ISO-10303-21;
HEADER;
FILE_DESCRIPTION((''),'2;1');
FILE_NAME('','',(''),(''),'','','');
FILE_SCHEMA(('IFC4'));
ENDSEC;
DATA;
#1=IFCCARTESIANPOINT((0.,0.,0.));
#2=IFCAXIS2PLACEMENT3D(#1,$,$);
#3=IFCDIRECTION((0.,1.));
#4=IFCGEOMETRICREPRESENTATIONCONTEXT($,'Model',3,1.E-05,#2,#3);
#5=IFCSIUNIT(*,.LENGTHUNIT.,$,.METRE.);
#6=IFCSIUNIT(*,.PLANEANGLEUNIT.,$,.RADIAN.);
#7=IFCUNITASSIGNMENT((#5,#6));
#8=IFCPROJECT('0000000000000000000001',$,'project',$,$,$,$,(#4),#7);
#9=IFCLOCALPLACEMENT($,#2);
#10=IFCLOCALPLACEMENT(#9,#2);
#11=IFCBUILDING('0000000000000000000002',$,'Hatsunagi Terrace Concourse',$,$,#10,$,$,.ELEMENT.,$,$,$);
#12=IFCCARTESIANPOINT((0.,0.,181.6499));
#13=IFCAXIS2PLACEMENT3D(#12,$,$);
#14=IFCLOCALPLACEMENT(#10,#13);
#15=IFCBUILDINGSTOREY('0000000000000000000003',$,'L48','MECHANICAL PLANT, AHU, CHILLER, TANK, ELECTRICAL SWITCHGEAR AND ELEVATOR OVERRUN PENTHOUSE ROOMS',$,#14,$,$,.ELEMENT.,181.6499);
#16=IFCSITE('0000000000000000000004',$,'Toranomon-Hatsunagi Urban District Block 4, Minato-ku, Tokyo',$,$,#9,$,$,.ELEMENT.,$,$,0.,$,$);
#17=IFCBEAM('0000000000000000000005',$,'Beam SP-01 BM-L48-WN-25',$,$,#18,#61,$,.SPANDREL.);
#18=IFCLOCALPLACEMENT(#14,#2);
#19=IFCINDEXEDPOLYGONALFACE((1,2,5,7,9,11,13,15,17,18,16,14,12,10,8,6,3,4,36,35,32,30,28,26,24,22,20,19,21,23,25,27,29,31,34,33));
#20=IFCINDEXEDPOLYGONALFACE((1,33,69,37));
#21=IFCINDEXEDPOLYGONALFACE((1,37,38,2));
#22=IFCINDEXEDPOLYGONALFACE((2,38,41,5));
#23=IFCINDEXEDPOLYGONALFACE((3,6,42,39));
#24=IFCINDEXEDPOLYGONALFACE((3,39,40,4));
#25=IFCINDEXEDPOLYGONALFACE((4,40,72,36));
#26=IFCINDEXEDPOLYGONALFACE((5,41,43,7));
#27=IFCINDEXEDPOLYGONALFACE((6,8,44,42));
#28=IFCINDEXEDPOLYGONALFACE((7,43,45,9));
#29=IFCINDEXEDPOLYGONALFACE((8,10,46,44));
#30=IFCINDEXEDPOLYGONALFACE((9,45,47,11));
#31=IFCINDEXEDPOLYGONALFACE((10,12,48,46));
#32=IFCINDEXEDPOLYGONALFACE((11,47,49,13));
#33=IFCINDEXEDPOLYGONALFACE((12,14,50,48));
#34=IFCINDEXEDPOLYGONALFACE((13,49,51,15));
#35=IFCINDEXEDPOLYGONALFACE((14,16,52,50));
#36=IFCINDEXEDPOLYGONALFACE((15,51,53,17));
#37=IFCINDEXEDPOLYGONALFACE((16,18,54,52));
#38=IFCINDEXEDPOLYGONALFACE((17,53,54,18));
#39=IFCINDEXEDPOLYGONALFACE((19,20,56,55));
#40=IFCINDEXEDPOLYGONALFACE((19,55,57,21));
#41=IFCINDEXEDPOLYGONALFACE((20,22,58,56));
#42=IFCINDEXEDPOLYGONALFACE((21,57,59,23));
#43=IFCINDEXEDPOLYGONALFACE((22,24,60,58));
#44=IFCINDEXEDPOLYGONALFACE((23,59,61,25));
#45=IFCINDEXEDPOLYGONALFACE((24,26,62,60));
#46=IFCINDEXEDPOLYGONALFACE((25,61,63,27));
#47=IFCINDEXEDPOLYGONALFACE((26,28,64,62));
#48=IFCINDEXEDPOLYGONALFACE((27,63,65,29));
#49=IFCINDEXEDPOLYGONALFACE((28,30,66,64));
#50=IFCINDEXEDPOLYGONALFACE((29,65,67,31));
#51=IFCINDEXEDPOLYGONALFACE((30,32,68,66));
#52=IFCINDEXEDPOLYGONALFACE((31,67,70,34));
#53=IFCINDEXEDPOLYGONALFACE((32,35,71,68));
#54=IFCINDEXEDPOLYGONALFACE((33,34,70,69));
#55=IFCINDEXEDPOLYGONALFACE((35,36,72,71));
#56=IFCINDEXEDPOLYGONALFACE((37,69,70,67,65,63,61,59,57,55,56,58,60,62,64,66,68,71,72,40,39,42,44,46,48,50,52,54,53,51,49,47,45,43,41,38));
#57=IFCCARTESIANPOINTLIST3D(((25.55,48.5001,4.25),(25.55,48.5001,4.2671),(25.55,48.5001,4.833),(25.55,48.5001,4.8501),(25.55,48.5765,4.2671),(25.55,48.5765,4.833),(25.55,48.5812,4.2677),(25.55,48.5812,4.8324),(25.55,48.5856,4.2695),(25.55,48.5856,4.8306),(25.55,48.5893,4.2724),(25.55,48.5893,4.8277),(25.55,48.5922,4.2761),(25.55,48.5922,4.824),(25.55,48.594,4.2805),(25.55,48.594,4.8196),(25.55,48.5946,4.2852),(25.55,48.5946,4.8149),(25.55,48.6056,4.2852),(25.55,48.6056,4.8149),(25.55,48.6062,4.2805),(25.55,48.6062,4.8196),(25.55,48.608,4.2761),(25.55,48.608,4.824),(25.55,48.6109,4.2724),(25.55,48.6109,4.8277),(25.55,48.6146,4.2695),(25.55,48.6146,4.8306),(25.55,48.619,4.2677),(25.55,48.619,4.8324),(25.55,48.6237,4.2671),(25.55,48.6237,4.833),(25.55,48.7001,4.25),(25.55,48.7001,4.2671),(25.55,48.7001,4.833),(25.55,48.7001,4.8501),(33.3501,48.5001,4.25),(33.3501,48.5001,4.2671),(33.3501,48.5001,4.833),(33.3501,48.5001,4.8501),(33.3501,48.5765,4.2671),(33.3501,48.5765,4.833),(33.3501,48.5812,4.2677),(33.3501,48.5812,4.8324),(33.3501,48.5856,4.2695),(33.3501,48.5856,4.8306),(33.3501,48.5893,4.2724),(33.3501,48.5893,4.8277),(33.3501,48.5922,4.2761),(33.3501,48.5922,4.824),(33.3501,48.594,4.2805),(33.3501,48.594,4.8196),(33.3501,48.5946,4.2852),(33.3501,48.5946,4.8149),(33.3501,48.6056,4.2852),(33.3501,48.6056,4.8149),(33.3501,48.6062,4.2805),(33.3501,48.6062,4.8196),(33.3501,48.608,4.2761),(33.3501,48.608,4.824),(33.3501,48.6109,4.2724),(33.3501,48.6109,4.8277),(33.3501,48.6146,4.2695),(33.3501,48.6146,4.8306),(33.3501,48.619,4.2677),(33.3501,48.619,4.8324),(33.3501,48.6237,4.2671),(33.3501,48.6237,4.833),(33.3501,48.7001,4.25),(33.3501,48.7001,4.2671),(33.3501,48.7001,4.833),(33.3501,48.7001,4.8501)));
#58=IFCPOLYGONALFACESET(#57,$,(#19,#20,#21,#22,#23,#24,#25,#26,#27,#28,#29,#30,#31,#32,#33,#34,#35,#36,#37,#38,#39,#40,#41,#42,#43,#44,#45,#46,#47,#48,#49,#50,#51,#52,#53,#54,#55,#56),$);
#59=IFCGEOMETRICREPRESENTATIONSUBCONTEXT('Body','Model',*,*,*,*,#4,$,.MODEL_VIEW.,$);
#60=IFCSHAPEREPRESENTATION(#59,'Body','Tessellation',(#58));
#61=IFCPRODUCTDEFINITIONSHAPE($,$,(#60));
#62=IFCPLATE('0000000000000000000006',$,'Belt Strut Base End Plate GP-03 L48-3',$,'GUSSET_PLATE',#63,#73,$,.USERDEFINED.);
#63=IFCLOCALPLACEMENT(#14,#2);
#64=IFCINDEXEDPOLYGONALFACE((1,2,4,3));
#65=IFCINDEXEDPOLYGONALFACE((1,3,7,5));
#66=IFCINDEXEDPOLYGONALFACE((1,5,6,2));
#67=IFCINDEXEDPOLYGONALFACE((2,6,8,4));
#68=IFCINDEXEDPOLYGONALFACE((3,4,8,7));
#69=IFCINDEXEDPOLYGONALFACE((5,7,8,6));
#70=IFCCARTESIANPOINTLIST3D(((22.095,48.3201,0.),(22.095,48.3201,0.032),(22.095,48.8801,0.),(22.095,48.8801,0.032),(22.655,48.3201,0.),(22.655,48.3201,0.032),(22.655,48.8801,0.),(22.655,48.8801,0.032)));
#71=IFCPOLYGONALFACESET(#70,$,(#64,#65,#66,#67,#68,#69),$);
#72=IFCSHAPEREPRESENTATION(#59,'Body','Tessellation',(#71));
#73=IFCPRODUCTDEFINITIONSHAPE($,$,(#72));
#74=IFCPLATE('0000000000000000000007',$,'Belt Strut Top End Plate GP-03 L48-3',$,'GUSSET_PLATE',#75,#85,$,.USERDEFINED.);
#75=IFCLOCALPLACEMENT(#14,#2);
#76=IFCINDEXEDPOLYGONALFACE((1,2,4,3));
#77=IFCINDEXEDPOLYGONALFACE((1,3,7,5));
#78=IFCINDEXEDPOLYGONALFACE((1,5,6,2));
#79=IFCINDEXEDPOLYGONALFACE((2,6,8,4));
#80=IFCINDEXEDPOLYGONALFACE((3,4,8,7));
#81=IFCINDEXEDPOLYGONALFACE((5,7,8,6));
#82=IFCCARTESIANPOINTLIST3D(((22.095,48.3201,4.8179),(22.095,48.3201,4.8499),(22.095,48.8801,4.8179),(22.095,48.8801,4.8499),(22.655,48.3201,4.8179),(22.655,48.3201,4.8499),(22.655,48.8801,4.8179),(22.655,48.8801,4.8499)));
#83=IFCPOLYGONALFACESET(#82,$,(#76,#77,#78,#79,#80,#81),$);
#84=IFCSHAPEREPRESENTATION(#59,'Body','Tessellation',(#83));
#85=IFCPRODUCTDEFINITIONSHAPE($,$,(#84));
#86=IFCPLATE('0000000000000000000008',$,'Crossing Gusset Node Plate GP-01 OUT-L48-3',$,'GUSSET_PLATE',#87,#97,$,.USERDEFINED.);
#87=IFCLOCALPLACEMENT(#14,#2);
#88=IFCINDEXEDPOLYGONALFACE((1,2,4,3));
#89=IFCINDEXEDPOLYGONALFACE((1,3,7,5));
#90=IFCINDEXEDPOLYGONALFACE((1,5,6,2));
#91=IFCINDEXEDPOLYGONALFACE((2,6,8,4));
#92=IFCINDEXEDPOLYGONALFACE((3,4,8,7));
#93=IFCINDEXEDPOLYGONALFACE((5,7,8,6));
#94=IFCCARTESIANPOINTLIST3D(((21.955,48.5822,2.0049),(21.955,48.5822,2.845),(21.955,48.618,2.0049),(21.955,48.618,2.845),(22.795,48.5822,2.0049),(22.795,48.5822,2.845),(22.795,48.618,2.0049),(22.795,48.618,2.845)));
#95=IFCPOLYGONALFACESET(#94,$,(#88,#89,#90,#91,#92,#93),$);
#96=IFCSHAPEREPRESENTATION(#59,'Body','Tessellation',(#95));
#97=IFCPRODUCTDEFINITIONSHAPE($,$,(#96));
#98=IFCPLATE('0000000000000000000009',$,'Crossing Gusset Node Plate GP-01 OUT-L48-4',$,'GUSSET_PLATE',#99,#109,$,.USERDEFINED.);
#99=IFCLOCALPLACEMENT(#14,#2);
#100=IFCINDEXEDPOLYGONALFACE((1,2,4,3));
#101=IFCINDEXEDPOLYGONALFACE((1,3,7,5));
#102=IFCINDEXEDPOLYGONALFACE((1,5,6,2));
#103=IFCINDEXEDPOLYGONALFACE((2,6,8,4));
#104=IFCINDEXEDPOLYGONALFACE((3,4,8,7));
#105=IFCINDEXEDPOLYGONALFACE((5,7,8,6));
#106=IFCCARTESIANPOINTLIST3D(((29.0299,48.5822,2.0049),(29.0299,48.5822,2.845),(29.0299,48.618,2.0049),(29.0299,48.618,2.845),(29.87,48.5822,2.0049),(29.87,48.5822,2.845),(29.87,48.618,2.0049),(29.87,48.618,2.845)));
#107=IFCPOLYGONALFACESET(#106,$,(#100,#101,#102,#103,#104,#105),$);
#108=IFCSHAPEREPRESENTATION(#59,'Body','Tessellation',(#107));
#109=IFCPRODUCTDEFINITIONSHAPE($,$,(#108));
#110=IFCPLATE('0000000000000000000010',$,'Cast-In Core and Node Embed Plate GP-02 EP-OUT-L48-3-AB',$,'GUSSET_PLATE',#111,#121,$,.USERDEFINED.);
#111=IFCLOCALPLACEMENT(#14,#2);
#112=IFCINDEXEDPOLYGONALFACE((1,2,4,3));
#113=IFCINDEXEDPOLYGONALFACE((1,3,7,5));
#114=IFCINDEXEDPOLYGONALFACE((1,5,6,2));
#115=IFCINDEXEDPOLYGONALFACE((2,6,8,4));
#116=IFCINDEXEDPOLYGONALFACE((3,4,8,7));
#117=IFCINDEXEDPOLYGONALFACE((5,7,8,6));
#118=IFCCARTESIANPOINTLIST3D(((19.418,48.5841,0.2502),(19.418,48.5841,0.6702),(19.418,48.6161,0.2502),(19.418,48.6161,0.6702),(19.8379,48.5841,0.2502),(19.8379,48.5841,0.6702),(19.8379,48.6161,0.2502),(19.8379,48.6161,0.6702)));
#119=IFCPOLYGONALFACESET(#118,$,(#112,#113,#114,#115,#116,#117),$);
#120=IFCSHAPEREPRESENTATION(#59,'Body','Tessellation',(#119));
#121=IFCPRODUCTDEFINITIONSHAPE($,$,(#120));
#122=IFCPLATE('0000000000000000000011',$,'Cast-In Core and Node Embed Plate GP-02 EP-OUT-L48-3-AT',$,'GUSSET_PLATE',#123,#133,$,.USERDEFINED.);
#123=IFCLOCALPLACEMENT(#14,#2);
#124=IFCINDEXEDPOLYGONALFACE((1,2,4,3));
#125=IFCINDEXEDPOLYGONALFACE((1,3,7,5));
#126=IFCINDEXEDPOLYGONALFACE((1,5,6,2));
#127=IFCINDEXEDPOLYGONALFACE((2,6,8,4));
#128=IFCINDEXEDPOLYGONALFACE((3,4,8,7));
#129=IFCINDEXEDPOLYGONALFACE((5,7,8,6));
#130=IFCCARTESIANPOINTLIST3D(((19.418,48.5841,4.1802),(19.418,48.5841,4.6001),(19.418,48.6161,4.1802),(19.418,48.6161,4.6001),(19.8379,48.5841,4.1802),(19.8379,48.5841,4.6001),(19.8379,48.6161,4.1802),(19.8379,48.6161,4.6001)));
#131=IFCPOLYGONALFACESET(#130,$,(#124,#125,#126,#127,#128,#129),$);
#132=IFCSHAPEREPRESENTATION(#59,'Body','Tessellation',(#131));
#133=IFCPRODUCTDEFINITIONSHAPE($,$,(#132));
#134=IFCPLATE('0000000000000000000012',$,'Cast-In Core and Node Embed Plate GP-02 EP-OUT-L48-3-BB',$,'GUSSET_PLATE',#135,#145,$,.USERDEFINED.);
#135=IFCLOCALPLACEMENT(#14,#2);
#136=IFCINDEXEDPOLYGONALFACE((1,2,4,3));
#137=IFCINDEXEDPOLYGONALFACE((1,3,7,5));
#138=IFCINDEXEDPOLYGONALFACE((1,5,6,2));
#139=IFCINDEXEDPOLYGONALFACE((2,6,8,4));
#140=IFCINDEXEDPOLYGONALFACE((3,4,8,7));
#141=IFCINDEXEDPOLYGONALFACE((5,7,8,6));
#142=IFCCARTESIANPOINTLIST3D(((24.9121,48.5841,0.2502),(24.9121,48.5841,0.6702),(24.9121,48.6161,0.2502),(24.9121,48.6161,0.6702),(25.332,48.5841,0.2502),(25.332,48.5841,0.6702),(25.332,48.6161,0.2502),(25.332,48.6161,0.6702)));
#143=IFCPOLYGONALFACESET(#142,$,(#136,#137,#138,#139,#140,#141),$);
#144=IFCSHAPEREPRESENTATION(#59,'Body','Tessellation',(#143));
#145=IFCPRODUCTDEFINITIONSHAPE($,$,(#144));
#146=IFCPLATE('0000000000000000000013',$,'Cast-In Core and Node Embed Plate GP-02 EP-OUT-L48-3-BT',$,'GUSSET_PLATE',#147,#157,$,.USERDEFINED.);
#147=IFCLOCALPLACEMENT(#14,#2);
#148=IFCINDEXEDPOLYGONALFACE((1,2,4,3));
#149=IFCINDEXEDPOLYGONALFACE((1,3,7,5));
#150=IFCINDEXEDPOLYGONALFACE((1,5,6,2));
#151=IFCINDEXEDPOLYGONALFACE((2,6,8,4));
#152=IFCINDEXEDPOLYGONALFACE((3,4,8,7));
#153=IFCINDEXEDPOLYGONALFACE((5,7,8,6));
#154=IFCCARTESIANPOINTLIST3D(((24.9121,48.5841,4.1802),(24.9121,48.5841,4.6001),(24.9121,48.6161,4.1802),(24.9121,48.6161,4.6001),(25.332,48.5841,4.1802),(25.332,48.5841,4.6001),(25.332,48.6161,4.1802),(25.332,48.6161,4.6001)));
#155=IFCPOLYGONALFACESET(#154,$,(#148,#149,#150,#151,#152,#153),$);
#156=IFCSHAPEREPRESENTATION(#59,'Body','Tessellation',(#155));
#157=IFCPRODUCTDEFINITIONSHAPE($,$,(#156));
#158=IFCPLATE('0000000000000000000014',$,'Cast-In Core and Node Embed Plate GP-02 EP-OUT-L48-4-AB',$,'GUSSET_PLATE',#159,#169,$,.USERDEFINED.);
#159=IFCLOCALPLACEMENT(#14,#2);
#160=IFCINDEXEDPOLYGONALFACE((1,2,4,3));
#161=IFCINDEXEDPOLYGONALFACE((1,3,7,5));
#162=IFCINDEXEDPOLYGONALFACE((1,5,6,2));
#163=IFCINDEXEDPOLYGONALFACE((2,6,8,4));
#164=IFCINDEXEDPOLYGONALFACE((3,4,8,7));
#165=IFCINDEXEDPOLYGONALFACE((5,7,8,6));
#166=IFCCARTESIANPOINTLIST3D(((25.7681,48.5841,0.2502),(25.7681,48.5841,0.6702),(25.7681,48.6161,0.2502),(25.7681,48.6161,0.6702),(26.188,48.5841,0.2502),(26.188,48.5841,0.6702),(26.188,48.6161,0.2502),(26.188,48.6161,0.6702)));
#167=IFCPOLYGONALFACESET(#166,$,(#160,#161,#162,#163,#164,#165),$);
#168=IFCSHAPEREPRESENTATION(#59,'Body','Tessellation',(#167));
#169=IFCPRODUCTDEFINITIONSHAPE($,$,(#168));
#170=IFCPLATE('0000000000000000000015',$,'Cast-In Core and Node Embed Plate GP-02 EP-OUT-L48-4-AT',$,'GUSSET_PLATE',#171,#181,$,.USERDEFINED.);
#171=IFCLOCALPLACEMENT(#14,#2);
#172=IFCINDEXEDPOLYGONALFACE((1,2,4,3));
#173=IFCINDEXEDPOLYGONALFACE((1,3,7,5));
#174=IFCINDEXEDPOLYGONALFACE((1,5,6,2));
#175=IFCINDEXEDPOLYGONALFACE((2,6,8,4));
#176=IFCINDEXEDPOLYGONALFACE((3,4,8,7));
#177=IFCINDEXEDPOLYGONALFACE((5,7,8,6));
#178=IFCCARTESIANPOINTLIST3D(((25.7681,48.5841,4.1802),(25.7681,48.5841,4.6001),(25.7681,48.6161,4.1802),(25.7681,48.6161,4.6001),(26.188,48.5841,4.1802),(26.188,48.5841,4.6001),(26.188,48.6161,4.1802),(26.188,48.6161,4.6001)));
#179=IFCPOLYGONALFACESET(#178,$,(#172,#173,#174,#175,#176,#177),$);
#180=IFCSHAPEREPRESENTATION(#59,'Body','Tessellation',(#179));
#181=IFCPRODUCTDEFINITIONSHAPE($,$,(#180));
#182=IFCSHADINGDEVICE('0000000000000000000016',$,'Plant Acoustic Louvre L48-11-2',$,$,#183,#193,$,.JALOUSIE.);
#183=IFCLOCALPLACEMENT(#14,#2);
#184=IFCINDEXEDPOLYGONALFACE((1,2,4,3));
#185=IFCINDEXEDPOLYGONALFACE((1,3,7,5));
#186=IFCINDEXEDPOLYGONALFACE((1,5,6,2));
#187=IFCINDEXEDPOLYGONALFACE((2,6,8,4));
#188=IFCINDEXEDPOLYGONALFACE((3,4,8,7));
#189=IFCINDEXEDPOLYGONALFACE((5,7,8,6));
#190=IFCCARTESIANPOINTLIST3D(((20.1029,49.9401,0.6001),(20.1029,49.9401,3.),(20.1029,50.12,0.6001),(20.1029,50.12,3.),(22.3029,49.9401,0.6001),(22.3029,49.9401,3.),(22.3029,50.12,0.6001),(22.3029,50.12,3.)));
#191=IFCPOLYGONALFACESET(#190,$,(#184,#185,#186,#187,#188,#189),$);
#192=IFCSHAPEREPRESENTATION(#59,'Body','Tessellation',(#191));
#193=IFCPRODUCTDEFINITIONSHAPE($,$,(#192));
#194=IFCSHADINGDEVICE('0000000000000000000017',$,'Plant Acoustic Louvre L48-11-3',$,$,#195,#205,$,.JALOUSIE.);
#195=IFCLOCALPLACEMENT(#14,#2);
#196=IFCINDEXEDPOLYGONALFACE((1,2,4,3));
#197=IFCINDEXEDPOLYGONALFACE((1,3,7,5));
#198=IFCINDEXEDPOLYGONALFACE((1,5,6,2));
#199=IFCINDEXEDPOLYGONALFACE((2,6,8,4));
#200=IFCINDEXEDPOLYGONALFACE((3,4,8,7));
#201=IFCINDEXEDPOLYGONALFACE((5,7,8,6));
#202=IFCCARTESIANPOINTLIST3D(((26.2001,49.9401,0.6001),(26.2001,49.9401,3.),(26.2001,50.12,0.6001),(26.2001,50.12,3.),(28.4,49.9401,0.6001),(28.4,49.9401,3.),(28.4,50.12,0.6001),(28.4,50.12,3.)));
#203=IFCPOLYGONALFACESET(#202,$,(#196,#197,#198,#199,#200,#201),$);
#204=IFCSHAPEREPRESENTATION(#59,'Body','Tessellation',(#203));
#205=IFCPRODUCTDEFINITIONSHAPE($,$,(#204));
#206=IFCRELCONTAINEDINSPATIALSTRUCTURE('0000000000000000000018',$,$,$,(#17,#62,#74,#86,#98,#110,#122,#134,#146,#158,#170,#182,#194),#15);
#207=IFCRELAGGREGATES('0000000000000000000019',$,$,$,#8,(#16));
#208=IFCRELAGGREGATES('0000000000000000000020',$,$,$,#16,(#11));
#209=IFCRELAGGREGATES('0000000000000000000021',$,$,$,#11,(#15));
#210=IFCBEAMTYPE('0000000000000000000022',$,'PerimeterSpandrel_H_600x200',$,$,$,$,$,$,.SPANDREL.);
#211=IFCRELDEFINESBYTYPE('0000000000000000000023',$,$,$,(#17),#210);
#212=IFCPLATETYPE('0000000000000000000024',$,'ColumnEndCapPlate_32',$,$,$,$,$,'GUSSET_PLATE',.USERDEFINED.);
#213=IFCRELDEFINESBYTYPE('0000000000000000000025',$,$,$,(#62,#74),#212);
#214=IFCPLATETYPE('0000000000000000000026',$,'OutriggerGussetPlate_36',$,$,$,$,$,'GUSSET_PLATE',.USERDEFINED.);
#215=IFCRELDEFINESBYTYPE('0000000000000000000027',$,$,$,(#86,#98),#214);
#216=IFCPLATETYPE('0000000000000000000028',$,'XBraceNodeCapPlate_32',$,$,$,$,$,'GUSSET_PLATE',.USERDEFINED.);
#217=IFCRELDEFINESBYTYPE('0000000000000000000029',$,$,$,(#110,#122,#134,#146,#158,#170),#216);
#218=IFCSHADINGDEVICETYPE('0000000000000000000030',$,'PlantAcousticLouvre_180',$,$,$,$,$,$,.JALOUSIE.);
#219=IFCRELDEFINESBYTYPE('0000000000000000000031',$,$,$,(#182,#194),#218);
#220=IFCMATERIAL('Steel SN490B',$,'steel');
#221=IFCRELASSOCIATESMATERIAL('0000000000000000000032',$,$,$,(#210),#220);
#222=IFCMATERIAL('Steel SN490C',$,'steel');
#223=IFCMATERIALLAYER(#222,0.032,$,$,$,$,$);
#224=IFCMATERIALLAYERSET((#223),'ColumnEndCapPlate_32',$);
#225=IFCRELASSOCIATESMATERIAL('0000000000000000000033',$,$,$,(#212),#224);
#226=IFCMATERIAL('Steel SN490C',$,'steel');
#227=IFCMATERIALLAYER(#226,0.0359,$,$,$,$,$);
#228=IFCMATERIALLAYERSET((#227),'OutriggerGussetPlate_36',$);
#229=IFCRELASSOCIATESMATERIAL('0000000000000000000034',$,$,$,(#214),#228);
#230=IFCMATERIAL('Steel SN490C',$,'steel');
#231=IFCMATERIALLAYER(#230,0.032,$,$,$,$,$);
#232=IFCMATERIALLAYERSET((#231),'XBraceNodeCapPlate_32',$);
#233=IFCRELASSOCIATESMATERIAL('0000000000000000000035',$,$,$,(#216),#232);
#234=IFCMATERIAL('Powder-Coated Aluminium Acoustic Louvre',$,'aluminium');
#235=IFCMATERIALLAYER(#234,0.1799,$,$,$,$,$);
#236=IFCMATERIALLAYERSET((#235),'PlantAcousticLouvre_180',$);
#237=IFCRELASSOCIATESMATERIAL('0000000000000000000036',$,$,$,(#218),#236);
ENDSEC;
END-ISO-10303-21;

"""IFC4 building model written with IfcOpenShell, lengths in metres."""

from ifc_helpers import new_model, si_unit, direction, frame, origin, origin_2d, place, context, subcontext, project, spatial, rectangle, i_section, extrude, material, layer, layer_set, material_profile, profile_set, type_object, element, save


model = new_model("IFC4")

# Units and contexts
model_context = context("Model", 3, precision=1e-05, world=origin(), true_north=direction((0.0, 1.0)))
body_context = subcontext(model_context, "Body", "Model", "MODEL_VIEW")
ifc_project = project(units=[si_unit("LENGTHUNIT", "METRE"), si_unit("PLANEANGLEUNIT", "RADIAN")], contexts=[model_context])

# Site, building, storey
site_placement = place(None, origin())
site = spatial("IfcSite", under=ifc_project, at=site_placement, Name="Toranomon-Hatsunagi Urban District Block 4, Minato-ku, Tokyo", CompositionType="ELEMENT", RefElevation=0.0)
building_placement = place(site_placement, origin())
building = spatial("IfcBuilding", under=site, at=building_placement, Name="Hatsunagi Terrace Concourse", CompositionType="ELEMENT")
storey_placement = place(building_placement, frame((0.0, 0.0, 181.6499)))
storey = spatial("IfcBuildingStorey", under=building, at=storey_placement, Name="L48", Description="MECHANICAL PLANT, AHU, CHILLER, TANK, ELECTRICAL SWITCHGEAR AND ELEVATOR OVERRUN PENTHOUSE ROOMS", CompositionType="ELEMENT", Elevation=181.6499)

# Beam
ifc_material_1 = material(Name="Steel SN490B", Category="steel")
ifc_material_profile_1 = material_profile(ifc_material_1, i_section(OverallWidth=0.2, OverallDepth=0.6001, WebThickness=0.011, FlangeThickness=0.0171, FilletRadius=0.0181, at=origin_2d()), Name="H-600x200x11x17")
ifc_profile_set_1 = profile_set([ifc_material_profile_1], Name="Steel SN490B")
beam_type = type_object("IfcBeamType", Name="PerimeterSpandrel_H_600x200", PredefinedType="SPANDREL", material=ifc_profile_set_1)
beam_placement = place(storey_placement, frame((25.55, 48.6001, 4.55), z_axis=(1.0, 0.0, 0.0), x_axis=(0.0, 1.0, 0.0)))
element("IfcBeam", 1, at=beam_placement, inside=storey, type_object=beam_type, Name="Beam SP-01 BM-L48-WN-25", PredefinedType="SPANDREL", context=body_context, shape_type="SweptSolid", body=[
    extrude(i_section(OverallWidth=0.2, OverallDepth=0.6001, WebThickness=0.011, FlangeThickness=0.0171, FilletRadius=0.0181, at=origin_2d()), origin(), (0.0, 0.0, 1.0), 7.8),
])

# Plates
ifc_material_2 = material(Name="Steel SN490C", Category="steel")
ifc_layer_1 = layer(ifc_material_2, 0.032)
ifc_layer_set_1 = layer_set([ifc_layer_1], Name="ColumnEndCapPlate_32")
plate_type_1 = type_object("IfcPlateType", Name="ColumnEndCapPlate_32", ElementType="GUSSET_PLATE", PredefinedType="USERDEFINED", material=ifc_layer_set_1)
for number, where, z_axis, x_axis, name in (
    (2, (22.375, 48.6001, 0.0), (0.0, 0.0, 1.0), (1.0, 0.0, 0.0), "Belt Strut Base End Plate GP-03 L48-3"),
    (3, (22.375, 48.6001, 4.8179), (0.0, 0.0, 1.0), (1.0, 0.0, 0.0), "Belt Strut Top End Plate GP-03 L48-3"),
):
    element("IfcPlate", number, at=place(storey_placement, frame(where, z_axis=z_axis, x_axis=x_axis)), inside=storey, type_object=plate_type_1, Name=name, ObjectType="GUSSET_PLATE", PredefinedType="USERDEFINED", context=body_context, shape_type="SweptSolid", body=[
        extrude(rectangle(XDim=0.5601, YDim=0.5601, at=origin_2d()), origin(), (0.0, 0.0, 1.0), 0.032),
    ])
ifc_material_3 = material(Name="Steel SN490C", Category="steel")
ifc_layer_2 = layer(ifc_material_3, 0.0359)
ifc_layer_set_2 = layer_set([ifc_layer_2], Name="OutriggerGussetPlate_36")
plate_type_2 = type_object("IfcPlateType", Name="OutriggerGussetPlate_36", ElementType="GUSSET_PLATE", PredefinedType="USERDEFINED", material=ifc_layer_set_2)
for number, where, z_axis, x_axis, name in (
    (4, (22.375, 48.6001, 2.0049), (0.0, 0.0, 1.0), (1.0, 0.0, 0.0), "Crossing Gusset Node Plate GP-01 OUT-L48-3"),
    (5, (29.45, 48.6001, 2.0049), (0.0, 0.0, 1.0), (1.0, 0.0, 0.0), "Crossing Gusset Node Plate GP-01 OUT-L48-4"),
):
    element("IfcPlate", number, at=place(storey_placement, frame(where, z_axis=z_axis, x_axis=x_axis)), inside=storey, type_object=plate_type_2, Name=name, ObjectType="GUSSET_PLATE", PredefinedType="USERDEFINED", context=body_context, shape_type="SweptSolid", body=[
        extrude(rectangle(XDim=0.8401, YDim=0.0359, at=origin_2d()), origin(), (0.0, 0.0, 1.0), 0.8401),
    ])
ifc_material_4 = material(Name="Steel SN490C", Category="steel")
ifc_layer_3 = layer(ifc_material_4, 0.032)
ifc_layer_set_3 = layer_set([ifc_layer_3], Name="XBraceNodeCapPlate_32")
plate_type_3 = type_object("IfcPlateType", Name="XBraceNodeCapPlate_32", ElementType="GUSSET_PLATE", PredefinedType="USERDEFINED", material=ifc_layer_set_3)
for number, where, z_axis, x_axis, name in (
    (6, (19.6279, 48.6001, 0.2502), (0.0, 0.0, 1.0), (1.0, 0.0, 0.0), "Cast-In Core and Node Embed Plate GP-02 EP-OUT-L48-3-AB"),
    (7, (19.6279, 48.6001, 4.1802), (0.0, 0.0, 1.0), (1.0, 0.0, 0.0), "Cast-In Core and Node Embed Plate GP-02 EP-OUT-L48-3-AT"),
    (8, (25.1221, 48.6001, 0.2502), (0.0, 0.0, 1.0), (1.0, 0.0, 0.0), "Cast-In Core and Node Embed Plate GP-02 EP-OUT-L48-3-BB"),
    (9, (25.1221, 48.6001, 4.1802), (0.0, 0.0, 1.0), (1.0, 0.0, 0.0), "Cast-In Core and Node Embed Plate GP-02 EP-OUT-L48-3-BT"),
    (10, (25.978, 48.6001, 0.2502), (0.0, 0.0, 1.0), (1.0, 0.0, 0.0), "Cast-In Core and Node Embed Plate GP-02 EP-OUT-L48-4-AB"),
    (11, (25.978, 48.6001, 4.1802), (0.0, 0.0, 1.0), (1.0, 0.0, 0.0), "Cast-In Core and Node Embed Plate GP-02 EP-OUT-L48-4-AT"),
):
    element("IfcPlate", number, at=place(storey_placement, frame(where, z_axis=z_axis, x_axis=x_axis)), inside=storey, type_object=plate_type_3, Name=name, ObjectType="GUSSET_PLATE", PredefinedType="USERDEFINED", context=body_context, shape_type="SweptSolid", body=[
        extrude(rectangle(XDim=0.4199, YDim=0.032, at=origin_2d()), origin(), (0.0, 0.0, 1.0), 0.4199),
    ])

# Shading devices
ifc_material_5 = material(Name="Powder-Coated Aluminium Acoustic Louvre", Category="aluminium")
ifc_layer_4 = layer(ifc_material_5, 0.1799)
ifc_layer_set_4 = layer_set([ifc_layer_4], Name="PlantAcousticLouvre_180")
shading_device_type = type_object("IfcShadingDeviceType", Name="PlantAcousticLouvre_180", PredefinedType="JALOUSIE", material=ifc_layer_set_4)
for number, where, z_axis, x_axis, name in (
    (12, (21.2029, 50.03, 0.6001), (0.0, 0.0, 1.0), (1.0, 0.0, 0.0), "Plant Acoustic Louvre L48-11-2"),
    (13, (27.3, 50.03, 0.6001), (0.0, 0.0, 1.0), (1.0, 0.0, 0.0), "Plant Acoustic Louvre L48-11-3"),
):
    element("IfcShadingDevice", number, at=place(storey_placement, frame(where, z_axis=z_axis, x_axis=x_axis)), inside=storey, type_object=shading_device_type, Name=name, PredefinedType="JALOUSIE", context=body_context, shape_type="SweptSolid", body=[
        extrude(rectangle(XDim=2.2, YDim=0.1799, at=origin_2d()), origin(), (0.0, 0.0, 1.0), 2.3999),
    ])

save(model, "model.ifc")
